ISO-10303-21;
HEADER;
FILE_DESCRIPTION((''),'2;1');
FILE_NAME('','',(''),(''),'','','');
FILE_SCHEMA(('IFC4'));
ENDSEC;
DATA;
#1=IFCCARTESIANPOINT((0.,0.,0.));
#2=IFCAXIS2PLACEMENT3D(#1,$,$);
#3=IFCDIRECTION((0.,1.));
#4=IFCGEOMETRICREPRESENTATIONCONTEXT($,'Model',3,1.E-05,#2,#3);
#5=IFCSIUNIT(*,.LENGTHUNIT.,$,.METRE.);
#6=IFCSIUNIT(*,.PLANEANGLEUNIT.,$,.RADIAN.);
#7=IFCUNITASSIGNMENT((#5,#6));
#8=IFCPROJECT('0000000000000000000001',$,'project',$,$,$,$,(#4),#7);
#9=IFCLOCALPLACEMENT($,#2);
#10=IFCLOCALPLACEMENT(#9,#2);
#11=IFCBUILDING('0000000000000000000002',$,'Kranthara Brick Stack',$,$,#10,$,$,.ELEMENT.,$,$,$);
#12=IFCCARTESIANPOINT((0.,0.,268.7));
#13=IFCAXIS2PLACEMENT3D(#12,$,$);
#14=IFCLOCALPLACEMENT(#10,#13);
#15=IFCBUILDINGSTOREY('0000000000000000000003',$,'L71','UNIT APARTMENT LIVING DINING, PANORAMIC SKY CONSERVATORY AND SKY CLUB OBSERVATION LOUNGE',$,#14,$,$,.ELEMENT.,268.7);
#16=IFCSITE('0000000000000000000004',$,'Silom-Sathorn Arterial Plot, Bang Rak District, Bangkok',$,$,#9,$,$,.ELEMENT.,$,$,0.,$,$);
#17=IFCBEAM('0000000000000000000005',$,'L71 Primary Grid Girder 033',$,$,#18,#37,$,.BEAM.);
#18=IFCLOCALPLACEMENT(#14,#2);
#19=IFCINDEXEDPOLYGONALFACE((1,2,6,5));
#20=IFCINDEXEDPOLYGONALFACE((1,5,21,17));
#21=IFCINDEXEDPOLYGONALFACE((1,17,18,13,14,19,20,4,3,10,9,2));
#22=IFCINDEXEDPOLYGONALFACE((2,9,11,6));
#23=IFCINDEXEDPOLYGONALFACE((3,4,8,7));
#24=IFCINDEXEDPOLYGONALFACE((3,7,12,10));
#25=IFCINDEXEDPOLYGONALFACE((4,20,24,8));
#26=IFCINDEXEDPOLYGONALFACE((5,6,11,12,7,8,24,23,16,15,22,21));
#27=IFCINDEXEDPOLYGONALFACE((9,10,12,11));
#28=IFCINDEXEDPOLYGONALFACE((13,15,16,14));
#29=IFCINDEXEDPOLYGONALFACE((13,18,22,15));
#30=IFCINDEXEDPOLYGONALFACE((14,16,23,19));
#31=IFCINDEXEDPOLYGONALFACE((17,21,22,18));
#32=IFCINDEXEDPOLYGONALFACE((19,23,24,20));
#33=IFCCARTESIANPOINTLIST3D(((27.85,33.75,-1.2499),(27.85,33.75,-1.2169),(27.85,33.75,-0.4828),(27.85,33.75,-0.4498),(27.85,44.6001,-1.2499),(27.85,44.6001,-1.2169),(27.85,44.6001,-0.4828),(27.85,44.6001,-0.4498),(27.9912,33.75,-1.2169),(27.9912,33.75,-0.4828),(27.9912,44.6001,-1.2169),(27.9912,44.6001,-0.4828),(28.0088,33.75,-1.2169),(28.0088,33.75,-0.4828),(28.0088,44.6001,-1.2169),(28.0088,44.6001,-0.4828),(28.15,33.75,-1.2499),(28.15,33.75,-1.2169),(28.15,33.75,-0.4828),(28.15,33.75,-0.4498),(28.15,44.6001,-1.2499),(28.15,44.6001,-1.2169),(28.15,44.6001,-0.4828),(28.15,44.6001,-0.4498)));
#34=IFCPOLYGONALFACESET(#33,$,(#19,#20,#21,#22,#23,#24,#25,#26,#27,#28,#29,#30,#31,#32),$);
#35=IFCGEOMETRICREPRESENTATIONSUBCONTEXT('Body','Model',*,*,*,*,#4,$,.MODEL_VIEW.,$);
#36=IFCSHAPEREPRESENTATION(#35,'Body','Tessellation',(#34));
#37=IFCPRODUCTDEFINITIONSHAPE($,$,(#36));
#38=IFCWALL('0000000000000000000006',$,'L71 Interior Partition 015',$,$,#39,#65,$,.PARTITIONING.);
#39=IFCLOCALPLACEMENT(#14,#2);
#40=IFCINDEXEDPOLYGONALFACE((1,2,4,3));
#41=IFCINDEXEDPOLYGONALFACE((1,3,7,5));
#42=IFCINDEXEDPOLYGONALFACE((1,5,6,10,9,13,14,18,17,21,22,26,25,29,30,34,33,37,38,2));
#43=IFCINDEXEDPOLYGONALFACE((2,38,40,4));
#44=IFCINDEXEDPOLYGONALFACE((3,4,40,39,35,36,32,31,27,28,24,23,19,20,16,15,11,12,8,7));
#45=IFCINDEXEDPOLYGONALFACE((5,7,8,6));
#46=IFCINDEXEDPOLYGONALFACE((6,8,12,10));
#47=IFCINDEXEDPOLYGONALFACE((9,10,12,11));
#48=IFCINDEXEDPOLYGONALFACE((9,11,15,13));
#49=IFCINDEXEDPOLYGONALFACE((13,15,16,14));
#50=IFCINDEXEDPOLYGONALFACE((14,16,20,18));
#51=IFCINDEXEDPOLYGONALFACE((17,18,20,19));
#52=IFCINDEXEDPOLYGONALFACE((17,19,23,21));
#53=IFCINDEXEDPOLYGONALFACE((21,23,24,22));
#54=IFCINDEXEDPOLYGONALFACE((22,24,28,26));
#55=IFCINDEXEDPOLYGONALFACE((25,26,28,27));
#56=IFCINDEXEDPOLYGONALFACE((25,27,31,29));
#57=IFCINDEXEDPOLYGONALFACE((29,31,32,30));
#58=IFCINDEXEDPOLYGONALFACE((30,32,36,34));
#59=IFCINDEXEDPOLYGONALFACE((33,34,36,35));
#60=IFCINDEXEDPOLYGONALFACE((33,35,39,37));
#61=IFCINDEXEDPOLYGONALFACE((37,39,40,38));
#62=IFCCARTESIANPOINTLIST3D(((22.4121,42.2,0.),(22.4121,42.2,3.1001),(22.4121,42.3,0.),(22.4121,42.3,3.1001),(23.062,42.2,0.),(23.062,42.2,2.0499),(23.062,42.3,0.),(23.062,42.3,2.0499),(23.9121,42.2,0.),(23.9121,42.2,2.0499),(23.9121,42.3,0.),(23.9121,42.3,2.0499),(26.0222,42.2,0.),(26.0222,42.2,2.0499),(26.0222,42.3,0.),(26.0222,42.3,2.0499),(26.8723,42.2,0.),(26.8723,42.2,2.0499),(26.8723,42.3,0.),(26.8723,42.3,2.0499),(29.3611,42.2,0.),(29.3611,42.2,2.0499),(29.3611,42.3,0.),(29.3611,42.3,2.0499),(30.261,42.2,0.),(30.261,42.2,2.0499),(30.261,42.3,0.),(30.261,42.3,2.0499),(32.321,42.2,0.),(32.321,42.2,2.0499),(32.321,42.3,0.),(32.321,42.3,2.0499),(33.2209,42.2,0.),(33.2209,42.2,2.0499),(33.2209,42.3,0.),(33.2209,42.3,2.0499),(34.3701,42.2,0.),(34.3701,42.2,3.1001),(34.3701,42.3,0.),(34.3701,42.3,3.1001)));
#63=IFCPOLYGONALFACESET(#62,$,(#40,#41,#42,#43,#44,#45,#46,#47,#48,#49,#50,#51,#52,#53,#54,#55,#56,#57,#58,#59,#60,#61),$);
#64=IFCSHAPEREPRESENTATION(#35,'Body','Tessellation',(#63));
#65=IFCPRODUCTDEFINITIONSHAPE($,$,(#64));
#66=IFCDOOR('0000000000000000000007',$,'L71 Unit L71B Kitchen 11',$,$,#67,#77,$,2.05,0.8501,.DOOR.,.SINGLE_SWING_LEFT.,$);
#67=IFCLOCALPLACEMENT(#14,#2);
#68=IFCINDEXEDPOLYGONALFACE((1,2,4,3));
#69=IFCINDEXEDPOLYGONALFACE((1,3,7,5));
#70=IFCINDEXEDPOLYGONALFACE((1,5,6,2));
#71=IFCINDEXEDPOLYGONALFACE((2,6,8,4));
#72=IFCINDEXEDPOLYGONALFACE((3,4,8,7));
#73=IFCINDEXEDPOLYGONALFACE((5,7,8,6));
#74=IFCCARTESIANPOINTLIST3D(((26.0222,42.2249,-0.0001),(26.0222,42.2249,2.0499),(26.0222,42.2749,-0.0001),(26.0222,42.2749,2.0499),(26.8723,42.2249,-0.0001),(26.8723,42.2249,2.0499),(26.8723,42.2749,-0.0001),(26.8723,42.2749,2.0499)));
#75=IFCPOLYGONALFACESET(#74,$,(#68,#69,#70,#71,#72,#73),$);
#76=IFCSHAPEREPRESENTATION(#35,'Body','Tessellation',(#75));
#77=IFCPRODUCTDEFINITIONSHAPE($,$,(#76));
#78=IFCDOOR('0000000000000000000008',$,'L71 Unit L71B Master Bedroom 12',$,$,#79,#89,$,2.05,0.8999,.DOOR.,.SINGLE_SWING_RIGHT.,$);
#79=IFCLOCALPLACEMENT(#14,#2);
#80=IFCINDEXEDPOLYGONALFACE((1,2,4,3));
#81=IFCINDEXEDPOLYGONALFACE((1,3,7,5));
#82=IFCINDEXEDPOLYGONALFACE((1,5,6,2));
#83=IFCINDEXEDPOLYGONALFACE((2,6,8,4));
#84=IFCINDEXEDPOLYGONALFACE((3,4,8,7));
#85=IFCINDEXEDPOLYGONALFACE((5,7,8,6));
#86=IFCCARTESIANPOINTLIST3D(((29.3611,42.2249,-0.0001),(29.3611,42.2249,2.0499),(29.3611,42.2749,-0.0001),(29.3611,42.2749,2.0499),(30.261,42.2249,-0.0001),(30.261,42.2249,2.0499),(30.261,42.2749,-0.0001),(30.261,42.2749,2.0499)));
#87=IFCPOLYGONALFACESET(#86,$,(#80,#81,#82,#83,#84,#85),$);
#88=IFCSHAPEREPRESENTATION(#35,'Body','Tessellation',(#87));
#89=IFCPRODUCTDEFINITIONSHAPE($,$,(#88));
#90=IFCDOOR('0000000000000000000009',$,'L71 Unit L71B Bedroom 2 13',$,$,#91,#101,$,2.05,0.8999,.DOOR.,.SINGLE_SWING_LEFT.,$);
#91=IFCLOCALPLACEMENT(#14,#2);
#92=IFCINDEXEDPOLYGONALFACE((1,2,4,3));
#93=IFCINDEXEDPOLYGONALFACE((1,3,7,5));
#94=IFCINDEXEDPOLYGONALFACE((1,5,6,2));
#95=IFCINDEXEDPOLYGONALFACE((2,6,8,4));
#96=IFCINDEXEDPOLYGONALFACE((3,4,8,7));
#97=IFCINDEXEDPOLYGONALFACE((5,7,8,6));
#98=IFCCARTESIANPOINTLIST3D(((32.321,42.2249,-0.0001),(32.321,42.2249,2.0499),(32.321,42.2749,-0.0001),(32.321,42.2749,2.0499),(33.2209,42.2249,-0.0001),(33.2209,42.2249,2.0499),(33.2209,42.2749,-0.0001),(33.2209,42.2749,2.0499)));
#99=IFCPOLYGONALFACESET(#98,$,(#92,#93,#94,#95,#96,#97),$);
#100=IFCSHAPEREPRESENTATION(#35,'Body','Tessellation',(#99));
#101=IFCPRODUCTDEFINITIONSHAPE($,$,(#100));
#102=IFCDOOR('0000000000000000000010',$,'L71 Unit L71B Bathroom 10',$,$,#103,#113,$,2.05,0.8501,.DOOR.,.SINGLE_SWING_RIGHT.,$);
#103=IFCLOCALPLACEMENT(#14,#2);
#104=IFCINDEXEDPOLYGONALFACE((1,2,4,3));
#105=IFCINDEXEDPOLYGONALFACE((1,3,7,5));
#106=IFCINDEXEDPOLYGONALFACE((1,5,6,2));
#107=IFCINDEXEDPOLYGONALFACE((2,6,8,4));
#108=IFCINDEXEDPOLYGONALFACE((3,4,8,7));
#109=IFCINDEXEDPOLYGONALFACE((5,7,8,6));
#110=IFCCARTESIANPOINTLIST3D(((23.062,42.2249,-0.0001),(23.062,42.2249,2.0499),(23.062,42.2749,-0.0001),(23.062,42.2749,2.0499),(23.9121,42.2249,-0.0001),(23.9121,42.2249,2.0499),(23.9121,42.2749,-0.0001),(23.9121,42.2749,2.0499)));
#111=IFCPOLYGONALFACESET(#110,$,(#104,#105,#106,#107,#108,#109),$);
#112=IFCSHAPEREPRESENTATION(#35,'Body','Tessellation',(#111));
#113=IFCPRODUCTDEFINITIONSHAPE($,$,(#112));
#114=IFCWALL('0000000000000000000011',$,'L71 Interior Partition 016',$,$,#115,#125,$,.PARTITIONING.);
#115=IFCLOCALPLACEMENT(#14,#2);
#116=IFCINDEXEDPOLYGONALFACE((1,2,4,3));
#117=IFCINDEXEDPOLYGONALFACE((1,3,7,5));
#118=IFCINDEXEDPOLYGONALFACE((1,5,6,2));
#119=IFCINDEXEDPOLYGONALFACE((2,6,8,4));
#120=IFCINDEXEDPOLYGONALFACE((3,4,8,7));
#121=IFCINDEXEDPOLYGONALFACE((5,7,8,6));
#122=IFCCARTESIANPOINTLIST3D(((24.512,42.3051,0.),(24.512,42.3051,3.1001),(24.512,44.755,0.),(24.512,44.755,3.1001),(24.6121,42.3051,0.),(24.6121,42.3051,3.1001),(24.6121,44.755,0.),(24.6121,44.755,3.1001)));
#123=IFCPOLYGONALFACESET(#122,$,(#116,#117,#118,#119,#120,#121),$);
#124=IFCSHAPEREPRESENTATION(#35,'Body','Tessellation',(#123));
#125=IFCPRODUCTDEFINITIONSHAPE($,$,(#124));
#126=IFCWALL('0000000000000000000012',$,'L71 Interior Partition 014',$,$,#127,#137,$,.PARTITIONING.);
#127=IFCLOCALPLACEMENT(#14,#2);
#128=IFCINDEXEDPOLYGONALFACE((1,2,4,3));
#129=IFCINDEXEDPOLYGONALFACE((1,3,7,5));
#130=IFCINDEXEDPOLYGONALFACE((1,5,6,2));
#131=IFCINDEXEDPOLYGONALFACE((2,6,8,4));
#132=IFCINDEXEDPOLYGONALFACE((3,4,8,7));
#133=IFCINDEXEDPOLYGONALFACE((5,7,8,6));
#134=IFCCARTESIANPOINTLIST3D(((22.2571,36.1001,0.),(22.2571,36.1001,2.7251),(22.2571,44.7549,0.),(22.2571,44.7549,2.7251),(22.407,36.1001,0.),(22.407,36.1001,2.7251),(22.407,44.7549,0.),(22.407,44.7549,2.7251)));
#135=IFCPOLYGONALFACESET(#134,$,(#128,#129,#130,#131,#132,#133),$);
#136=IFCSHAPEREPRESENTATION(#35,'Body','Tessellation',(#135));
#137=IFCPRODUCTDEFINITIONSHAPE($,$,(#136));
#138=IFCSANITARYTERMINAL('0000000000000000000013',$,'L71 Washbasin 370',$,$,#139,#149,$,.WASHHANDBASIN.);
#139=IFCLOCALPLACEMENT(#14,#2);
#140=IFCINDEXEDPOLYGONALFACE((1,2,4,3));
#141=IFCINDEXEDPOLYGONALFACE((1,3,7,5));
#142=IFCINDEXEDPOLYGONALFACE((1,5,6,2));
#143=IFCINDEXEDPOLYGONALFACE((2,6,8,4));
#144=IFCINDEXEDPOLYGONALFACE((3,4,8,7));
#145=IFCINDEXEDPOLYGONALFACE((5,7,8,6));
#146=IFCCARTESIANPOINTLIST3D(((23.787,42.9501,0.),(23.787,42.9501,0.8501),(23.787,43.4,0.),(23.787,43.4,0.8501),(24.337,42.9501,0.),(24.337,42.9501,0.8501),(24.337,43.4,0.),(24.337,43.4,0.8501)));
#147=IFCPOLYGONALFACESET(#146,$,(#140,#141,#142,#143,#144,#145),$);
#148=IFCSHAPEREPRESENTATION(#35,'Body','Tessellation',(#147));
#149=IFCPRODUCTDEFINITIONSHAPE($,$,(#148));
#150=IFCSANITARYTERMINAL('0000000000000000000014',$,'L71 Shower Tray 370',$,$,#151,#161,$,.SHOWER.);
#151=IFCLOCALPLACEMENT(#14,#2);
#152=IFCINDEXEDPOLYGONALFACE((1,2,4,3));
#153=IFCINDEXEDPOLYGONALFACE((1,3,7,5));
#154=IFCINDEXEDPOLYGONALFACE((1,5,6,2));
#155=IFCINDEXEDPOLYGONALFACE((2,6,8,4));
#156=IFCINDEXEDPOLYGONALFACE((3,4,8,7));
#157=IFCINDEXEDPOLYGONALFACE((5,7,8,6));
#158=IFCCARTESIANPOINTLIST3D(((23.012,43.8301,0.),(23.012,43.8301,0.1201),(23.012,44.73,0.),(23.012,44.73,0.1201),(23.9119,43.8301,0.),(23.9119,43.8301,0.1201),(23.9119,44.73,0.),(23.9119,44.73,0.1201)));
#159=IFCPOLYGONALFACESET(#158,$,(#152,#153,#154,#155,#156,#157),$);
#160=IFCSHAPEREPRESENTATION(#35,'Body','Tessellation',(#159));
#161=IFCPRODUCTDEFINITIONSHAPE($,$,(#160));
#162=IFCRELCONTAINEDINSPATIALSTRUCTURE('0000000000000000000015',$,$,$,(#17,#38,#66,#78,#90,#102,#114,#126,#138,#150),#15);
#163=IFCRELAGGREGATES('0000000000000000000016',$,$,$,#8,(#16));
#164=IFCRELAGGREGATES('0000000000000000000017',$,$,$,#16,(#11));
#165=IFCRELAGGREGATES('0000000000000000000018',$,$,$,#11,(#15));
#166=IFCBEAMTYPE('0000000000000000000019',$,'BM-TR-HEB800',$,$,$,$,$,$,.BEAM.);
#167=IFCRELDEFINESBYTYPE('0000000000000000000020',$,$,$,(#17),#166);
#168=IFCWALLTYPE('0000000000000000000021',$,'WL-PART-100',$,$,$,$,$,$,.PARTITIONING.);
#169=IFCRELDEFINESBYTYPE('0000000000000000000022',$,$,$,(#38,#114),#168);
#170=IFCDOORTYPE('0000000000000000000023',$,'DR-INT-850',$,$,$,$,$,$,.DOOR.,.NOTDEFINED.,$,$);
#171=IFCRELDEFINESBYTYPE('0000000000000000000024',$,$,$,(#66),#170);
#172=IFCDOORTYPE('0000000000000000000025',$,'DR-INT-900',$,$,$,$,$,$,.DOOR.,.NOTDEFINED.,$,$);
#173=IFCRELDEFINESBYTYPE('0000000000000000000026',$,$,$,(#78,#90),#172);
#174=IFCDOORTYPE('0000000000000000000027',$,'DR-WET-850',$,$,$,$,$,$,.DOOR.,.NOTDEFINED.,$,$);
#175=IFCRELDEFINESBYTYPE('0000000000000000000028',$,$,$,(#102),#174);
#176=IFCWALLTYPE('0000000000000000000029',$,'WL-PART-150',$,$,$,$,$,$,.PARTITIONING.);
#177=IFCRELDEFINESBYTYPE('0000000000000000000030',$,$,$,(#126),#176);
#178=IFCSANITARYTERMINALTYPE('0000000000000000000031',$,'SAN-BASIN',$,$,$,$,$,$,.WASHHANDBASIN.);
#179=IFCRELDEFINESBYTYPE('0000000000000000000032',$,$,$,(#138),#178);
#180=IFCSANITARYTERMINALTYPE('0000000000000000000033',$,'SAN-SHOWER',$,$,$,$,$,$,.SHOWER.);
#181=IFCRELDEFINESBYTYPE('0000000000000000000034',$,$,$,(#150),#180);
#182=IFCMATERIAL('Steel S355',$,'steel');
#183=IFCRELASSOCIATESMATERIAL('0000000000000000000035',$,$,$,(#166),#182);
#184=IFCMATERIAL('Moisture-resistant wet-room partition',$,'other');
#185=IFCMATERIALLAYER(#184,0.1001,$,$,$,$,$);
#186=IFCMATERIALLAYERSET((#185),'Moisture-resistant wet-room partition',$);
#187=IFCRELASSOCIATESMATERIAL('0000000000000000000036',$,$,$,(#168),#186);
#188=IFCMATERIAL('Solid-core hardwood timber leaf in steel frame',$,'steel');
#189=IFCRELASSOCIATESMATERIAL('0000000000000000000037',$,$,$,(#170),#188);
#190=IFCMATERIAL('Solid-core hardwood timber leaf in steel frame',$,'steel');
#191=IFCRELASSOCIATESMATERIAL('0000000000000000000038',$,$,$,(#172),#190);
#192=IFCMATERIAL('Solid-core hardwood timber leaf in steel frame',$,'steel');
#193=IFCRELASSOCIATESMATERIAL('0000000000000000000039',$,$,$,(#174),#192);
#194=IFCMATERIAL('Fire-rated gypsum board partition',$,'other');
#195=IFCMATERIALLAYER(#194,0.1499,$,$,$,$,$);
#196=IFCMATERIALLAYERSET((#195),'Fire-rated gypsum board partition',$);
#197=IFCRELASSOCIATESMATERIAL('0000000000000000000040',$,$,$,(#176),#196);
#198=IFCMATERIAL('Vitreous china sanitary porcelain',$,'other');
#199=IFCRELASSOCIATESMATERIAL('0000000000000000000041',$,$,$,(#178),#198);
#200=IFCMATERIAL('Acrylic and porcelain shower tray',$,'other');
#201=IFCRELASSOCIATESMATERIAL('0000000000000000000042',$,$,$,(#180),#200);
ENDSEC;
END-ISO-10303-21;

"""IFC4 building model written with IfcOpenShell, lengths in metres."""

from ifc_helpers import new_model, si_unit, direction, frame, frame_2d, origin, origin_2d, place, context, subcontext, project, spatial, rectangle, i_section, extrude, material, layer, layer_set, material_profile, profile_set, type_object, element, fill, save


model = new_model("IFC4")

# Units and contexts
model_context = context("Model", 3, precision=1e-05, world=origin(), true_north=direction((0.0, 1.0)))
body_context = subcontext(model_context, "Body", "Model", "MODEL_VIEW")
ifc_project = project(units=[si_unit("LENGTHUNIT", "METRE"), si_unit("PLANEANGLEUNIT", "RADIAN")], contexts=[model_context])

# Site, building, storey
site_placement = place(None, origin())
site = spatial("IfcSite", under=ifc_project, at=site_placement, Name="Silom-Sathorn Arterial Plot, Bang Rak District, Bangkok", CompositionType="ELEMENT", RefElevation=0.0)
building_placement = place(site_placement, origin())
building = spatial("IfcBuilding", under=site, at=building_placement, Name="Kranthara Brick Stack", CompositionType="ELEMENT")
storey_placement = place(building_placement, frame((0.0, 0.0, 268.7)))
storey = spatial("IfcBuildingStorey", under=building, at=storey_placement, Name="L71", Description="UNIT APARTMENT LIVING DINING, PANORAMIC SKY CONSERVATORY AND SKY CLUB OBSERVATION LOUNGE", CompositionType="ELEMENT", Elevation=268.7)

# Beam
ifc_material_1 = material(Name="Steel S355", Category="steel")
ifc_material_profile_1 = material_profile(ifc_material_1, i_section(OverallWidth=0.3, OverallDepth=0.8, WebThickness=0.0176, FlangeThickness=0.033, at=origin_2d()), Name="HEB 800")
ifc_profile_set_1 = profile_set([ifc_material_profile_1], Name="Steel S355")
beam_type_1 = type_object("IfcBeamType", Name="BM-TR-HEB800", PredefinedType="BEAM", material=ifc_profile_set_1)
beam_1_placement = place(storey_placement, frame((28.0, 33.75, -0.8499), z_axis=(0.0, 1.0, 0.0), x_axis=(-1.0, 0.0, 0.0)))
element("IfcBeam", 1, at=beam_1_placement, inside=storey, type_object=beam_type_1, Name="L71 Primary Grid Girder 033", PredefinedType="BEAM", context=body_context, shape_type="SweptSolid", body=[
    extrude(i_section(OverallWidth=0.3, OverallDepth=0.8, WebThickness=0.0176, FlangeThickness=0.033, at=origin_2d()), origin(), (0.0, 0.0, 1.0), 10.8501),
])

# Wall, openings, doors
ifc_material_2 = material(Name="Moisture-resistant wet-room partition", Category="other")
ifc_layer_1 = layer(ifc_material_2, 0.1001)
ifc_layer_set_1 = layer_set([ifc_layer_1], Name="Moisture-resistant wet-room partition")
wall_type_1 = type_object("IfcWallType", Name="WL-PART-100", PredefinedType="PARTITIONING", material=ifc_layer_set_1)
wall_1_placement = place(storey_placement, frame((22.4121, 42.25, 0.0), z_axis=(0.0, 0.0, 1.0), x_axis=(1.0, 0.0, 0.0)))
wall_1 = element("IfcWall", 2, at=wall_1_placement, inside=storey, type_object=wall_type_1, Name="L71 Interior Partition 015", PredefinedType="PARTITIONING", context=body_context, shape_type="SweptSolid", body=[
    extrude(rectangle(XDim=11.958, YDim=0.1001, at=frame_2d((5.979, 0.0))), origin(), (0.0, 0.0, 1.0), 3.1001),
])
opening_1_placement = place(wall_1_placement, frame((0.6499, 0.0, 0.0)))
opening_1 = element("IfcOpeningElement", 3, at=opening_1_placement, cuts=wall_1, PredefinedType="OPENING", context=body_context, shape_type="SweptSolid", body=[
    extrude(rectangle(XDim=0.8501, YDim=2.05, at=frame_2d((0.425, 1.0249))), frame((0.0, 0.0601, 0.0), z_axis=(0.0, -1.0, 0.0), x_axis=(1.0, 0.0, 0.0)), (0.0, 0.0, 1.0), 0.1201),
])
opening_2_placement = place(wall_1_placement, frame((3.6101, 0.0, 0.0)))
opening_2 = element("IfcOpeningElement", 4, at=opening_2_placement, cuts=wall_1, PredefinedType="OPENING", context=body_context, shape_type="SweptSolid", body=[
    extrude(rectangle(XDim=0.8501, YDim=2.05, at=frame_2d((0.425, 1.0249))), frame((0.0, 0.0601, 0.0), z_axis=(0.0, -1.0, 0.0), x_axis=(1.0, 0.0, 0.0)), (0.0, 0.0, 1.0), 0.1201),
])
opening_3_placement = place(wall_1_placement, frame((6.949, 0.0, 0.0)))
opening_3 = element("IfcOpeningElement", 5, at=opening_3_placement, cuts=wall_1, PredefinedType="OPENING", context=body_context, shape_type="SweptSolid", body=[
    extrude(rectangle(XDim=0.8999, YDim=2.05, at=frame_2d((0.45, 1.0249))), frame((0.0, 0.0601, 0.0), z_axis=(0.0, -1.0, 0.0), x_axis=(1.0, 0.0, 0.0)), (0.0, 0.0, 1.0), 0.1201),
])
opening_4_placement = place(wall_1_placement, frame((9.9089, 0.0, 0.0)))
opening_4 = element("IfcOpeningElement", 6, at=opening_4_placement, cuts=wall_1, PredefinedType="OPENING", context=body_context, shape_type="SweptSolid", body=[
    extrude(rectangle(XDim=0.8999, YDim=2.05, at=frame_2d((0.45, 1.0249))), frame((0.0, 0.0601, 0.0), z_axis=(0.0, -1.0, 0.0), x_axis=(1.0, 0.0, 0.0)), (0.0, 0.0, 1.0), 0.1201),
])
ifc_material_3 = material(Name="Solid-core hardwood timber leaf in steel frame", Category="steel")
door_type_1 = type_object("IfcDoorType", Name="DR-INT-850", OperationType="NOTDEFINED", PredefinedType="DOOR", material=ifc_material_3)
door_1_placement = place(opening_2_placement, origin())
door_1 = element("IfcDoor", 7, at=door_1_placement, inside=storey, type_object=door_type_1, Name="L71 Unit L71B Kitchen 11", OperationType="SINGLE_SWING_LEFT", OverallHeight=2.05, OverallWidth=0.8501, PredefinedType="DOOR", context=body_context, shape_type="SweptSolid", body=[
    extrude(rectangle(XDim=0.8501, YDim=2.05, at=frame_2d((0.425, 1.0249))), frame((0.0, 0.0249, 0.0), z_axis=(0.0, -1.0, 0.0), x_axis=(1.0, 0.0, 0.0)), (0.0, 0.0, 1.0), 0.05),
])
fill(opening_2, door_1)
ifc_material_4 = material(Name="Solid-core hardwood timber leaf in steel frame", Category="steel")
door_type_2 = type_object("IfcDoorType", Name="DR-INT-900", OperationType="NOTDEFINED", PredefinedType="DOOR", material=ifc_material_4)
door_2_placement = place(opening_3_placement, origin())
door_2 = element("IfcDoor", 8, at=door_2_placement, inside=storey, type_object=door_type_2, Name="L71 Unit L71B Master Bedroom 12", OperationType="SINGLE_SWING_RIGHT", OverallHeight=2.05, OverallWidth=0.8999, PredefinedType="DOOR", context=body_context, shape_type="SweptSolid", body=[
    extrude(rectangle(XDim=0.8999, YDim=2.05, at=frame_2d((0.45, 1.0249))), frame((0.0, 0.0249, 0.0), z_axis=(0.0, -1.0, 0.0), x_axis=(1.0, 0.0, 0.0)), (0.0, 0.0, 1.0), 0.05),
])
fill(opening_3, door_2)
door_3_placement = place(opening_4_placement, origin())
door_3 = element("IfcDoor", 9, at=door_3_placement, inside=storey, type_object=door_type_2, Name="L71 Unit L71B Bedroom 2 13", OperationType="SINGLE_SWING_LEFT", OverallHeight=2.05, OverallWidth=0.8999, PredefinedType="DOOR", context=body_context, shape_type="SweptSolid", body=[
    extrude(rectangle(XDim=0.8999, YDim=2.05, at=frame_2d((0.45, 1.0249))), frame((0.0, 0.0249, 0.0), z_axis=(0.0, -1.0, 0.0), x_axis=(1.0, 0.0, 0.0)), (0.0, 0.0, 1.0), 0.05),
])
fill(opening_4, door_3)
ifc_material_5 = material(Name="Solid-core hardwood timber leaf in steel frame", Category="steel")
door_type_3 = type_object("IfcDoorType", Name="DR-WET-850", OperationType="NOTDEFINED", PredefinedType="DOOR", material=ifc_material_5)
door_4_placement = place(opening_1_placement, origin())
door_4 = element("IfcDoor", 10, at=door_4_placement, inside=storey, type_object=door_type_3, Name="L71 Unit L71B Bathroom 10", OperationType="SINGLE_SWING_RIGHT", OverallHeight=2.05, OverallWidth=0.8501, PredefinedType="DOOR", context=body_context, shape_type="SweptSolid", body=[
    extrude(rectangle(XDim=0.8501, YDim=2.05, at=frame_2d((0.425, 1.0249))), frame((0.0, 0.0249, 0.0), z_axis=(0.0, -1.0, 0.0), x_axis=(1.0, 0.0, 0.0)), (0.0, 0.0, 1.0), 0.05),
])
fill(opening_1, door_4)

# Walls
wall_2_placement = place(storey_placement, frame((24.562, 42.3049, 0.0), z_axis=(0.0, 0.0, 1.0), x_axis=(0.0, 1.0, 0.0)))
element("IfcWall", 11, at=wall_2_placement, inside=storey, type_object=wall_type_1, Name="L71 Interior Partition 016", PredefinedType="PARTITIONING", context=body_context, shape_type="SweptSolid", body=[
    extrude(rectangle(XDim=2.45, YDim=0.1001, at=frame_2d((1.2251, 0.0))), origin(), (0.0, 0.0, 1.0), 3.1001),
])
ifc_material_6 = material(Name="Fire-rated gypsum board partition", Category="other")
ifc_layer_2 = layer(ifc_material_6, 0.1499)
ifc_layer_set_2 = layer_set([ifc_layer_2], Name="Fire-rated gypsum board partition")
wall_type_2 = type_object("IfcWallType", Name="WL-PART-150", PredefinedType="PARTITIONING", material=ifc_layer_set_2)
wall_3_placement = place(storey_placement, frame((22.332, 36.1001, 0.0), z_axis=(0.0, 0.0, 1.0), x_axis=(0.0, 1.0, 0.0)))
element("IfcWall", 12, at=wall_3_placement, inside=storey, type_object=wall_type_2, Name="L71 Interior Partition 014", PredefinedType="PARTITIONING", context=body_context, shape_type="SweptSolid", body=[
    extrude(rectangle(XDim=8.6548, YDim=0.1499, at=frame_2d((4.3274, 0.0))), origin(), (0.0, 0.0, 1.0), 2.7251),
])

# Sanitary terminals
ifc_material_7 = material(Name="Vitreous china sanitary porcelain", Category="other")
sanitary_terminal_type_1 = type_object("IfcSanitaryTerminalType", Name="SAN-BASIN", PredefinedType="WASHHANDBASIN", material=ifc_material_7)
sanitary_terminal_1_placement = place(storey_placement, frame((24.062, 43.175, 0.0), z_axis=(0.0, 0.0, 1.0), x_axis=(1.0, 0.0, 0.0)))
element("IfcSanitaryTerminal", 13, at=sanitary_terminal_1_placement, inside=storey, type_object=sanitary_terminal_type_1, Name="L71 Washbasin 370", PredefinedType="WASHHANDBASIN", context=body_context, shape_type="SweptSolid", body=[
    extrude(rectangle(XDim=0.55, YDim=0.45, at=origin_2d()), origin(), (0.0, 0.0, 1.0), 0.8501),
])
ifc_material_8 = material(Name="Acrylic and porcelain shower tray", Category="other")
sanitary_terminal_type_2 = type_object("IfcSanitaryTerminalType", Name="SAN-SHOWER", PredefinedType="SHOWER", material=ifc_material_8)
sanitary_terminal_2_placement = place(storey_placement, frame((23.4619, 44.28, 0.0), z_axis=(0.0, 0.0, 1.0), x_axis=(1.0, 0.0, 0.0)))
element("IfcSanitaryTerminal", 14, at=sanitary_terminal_2_placement, inside=storey, type_object=sanitary_terminal_type_2, Name="L71 Shower Tray 370", PredefinedType="SHOWER", context=body_context, shape_type="SweptSolid", body=[
    extrude(rectangle(XDim=0.8999, YDim=0.8999, at=origin_2d()), origin(), (0.0, 0.0, 1.0), 0.1201),
])

save(model, "model.ifc")
